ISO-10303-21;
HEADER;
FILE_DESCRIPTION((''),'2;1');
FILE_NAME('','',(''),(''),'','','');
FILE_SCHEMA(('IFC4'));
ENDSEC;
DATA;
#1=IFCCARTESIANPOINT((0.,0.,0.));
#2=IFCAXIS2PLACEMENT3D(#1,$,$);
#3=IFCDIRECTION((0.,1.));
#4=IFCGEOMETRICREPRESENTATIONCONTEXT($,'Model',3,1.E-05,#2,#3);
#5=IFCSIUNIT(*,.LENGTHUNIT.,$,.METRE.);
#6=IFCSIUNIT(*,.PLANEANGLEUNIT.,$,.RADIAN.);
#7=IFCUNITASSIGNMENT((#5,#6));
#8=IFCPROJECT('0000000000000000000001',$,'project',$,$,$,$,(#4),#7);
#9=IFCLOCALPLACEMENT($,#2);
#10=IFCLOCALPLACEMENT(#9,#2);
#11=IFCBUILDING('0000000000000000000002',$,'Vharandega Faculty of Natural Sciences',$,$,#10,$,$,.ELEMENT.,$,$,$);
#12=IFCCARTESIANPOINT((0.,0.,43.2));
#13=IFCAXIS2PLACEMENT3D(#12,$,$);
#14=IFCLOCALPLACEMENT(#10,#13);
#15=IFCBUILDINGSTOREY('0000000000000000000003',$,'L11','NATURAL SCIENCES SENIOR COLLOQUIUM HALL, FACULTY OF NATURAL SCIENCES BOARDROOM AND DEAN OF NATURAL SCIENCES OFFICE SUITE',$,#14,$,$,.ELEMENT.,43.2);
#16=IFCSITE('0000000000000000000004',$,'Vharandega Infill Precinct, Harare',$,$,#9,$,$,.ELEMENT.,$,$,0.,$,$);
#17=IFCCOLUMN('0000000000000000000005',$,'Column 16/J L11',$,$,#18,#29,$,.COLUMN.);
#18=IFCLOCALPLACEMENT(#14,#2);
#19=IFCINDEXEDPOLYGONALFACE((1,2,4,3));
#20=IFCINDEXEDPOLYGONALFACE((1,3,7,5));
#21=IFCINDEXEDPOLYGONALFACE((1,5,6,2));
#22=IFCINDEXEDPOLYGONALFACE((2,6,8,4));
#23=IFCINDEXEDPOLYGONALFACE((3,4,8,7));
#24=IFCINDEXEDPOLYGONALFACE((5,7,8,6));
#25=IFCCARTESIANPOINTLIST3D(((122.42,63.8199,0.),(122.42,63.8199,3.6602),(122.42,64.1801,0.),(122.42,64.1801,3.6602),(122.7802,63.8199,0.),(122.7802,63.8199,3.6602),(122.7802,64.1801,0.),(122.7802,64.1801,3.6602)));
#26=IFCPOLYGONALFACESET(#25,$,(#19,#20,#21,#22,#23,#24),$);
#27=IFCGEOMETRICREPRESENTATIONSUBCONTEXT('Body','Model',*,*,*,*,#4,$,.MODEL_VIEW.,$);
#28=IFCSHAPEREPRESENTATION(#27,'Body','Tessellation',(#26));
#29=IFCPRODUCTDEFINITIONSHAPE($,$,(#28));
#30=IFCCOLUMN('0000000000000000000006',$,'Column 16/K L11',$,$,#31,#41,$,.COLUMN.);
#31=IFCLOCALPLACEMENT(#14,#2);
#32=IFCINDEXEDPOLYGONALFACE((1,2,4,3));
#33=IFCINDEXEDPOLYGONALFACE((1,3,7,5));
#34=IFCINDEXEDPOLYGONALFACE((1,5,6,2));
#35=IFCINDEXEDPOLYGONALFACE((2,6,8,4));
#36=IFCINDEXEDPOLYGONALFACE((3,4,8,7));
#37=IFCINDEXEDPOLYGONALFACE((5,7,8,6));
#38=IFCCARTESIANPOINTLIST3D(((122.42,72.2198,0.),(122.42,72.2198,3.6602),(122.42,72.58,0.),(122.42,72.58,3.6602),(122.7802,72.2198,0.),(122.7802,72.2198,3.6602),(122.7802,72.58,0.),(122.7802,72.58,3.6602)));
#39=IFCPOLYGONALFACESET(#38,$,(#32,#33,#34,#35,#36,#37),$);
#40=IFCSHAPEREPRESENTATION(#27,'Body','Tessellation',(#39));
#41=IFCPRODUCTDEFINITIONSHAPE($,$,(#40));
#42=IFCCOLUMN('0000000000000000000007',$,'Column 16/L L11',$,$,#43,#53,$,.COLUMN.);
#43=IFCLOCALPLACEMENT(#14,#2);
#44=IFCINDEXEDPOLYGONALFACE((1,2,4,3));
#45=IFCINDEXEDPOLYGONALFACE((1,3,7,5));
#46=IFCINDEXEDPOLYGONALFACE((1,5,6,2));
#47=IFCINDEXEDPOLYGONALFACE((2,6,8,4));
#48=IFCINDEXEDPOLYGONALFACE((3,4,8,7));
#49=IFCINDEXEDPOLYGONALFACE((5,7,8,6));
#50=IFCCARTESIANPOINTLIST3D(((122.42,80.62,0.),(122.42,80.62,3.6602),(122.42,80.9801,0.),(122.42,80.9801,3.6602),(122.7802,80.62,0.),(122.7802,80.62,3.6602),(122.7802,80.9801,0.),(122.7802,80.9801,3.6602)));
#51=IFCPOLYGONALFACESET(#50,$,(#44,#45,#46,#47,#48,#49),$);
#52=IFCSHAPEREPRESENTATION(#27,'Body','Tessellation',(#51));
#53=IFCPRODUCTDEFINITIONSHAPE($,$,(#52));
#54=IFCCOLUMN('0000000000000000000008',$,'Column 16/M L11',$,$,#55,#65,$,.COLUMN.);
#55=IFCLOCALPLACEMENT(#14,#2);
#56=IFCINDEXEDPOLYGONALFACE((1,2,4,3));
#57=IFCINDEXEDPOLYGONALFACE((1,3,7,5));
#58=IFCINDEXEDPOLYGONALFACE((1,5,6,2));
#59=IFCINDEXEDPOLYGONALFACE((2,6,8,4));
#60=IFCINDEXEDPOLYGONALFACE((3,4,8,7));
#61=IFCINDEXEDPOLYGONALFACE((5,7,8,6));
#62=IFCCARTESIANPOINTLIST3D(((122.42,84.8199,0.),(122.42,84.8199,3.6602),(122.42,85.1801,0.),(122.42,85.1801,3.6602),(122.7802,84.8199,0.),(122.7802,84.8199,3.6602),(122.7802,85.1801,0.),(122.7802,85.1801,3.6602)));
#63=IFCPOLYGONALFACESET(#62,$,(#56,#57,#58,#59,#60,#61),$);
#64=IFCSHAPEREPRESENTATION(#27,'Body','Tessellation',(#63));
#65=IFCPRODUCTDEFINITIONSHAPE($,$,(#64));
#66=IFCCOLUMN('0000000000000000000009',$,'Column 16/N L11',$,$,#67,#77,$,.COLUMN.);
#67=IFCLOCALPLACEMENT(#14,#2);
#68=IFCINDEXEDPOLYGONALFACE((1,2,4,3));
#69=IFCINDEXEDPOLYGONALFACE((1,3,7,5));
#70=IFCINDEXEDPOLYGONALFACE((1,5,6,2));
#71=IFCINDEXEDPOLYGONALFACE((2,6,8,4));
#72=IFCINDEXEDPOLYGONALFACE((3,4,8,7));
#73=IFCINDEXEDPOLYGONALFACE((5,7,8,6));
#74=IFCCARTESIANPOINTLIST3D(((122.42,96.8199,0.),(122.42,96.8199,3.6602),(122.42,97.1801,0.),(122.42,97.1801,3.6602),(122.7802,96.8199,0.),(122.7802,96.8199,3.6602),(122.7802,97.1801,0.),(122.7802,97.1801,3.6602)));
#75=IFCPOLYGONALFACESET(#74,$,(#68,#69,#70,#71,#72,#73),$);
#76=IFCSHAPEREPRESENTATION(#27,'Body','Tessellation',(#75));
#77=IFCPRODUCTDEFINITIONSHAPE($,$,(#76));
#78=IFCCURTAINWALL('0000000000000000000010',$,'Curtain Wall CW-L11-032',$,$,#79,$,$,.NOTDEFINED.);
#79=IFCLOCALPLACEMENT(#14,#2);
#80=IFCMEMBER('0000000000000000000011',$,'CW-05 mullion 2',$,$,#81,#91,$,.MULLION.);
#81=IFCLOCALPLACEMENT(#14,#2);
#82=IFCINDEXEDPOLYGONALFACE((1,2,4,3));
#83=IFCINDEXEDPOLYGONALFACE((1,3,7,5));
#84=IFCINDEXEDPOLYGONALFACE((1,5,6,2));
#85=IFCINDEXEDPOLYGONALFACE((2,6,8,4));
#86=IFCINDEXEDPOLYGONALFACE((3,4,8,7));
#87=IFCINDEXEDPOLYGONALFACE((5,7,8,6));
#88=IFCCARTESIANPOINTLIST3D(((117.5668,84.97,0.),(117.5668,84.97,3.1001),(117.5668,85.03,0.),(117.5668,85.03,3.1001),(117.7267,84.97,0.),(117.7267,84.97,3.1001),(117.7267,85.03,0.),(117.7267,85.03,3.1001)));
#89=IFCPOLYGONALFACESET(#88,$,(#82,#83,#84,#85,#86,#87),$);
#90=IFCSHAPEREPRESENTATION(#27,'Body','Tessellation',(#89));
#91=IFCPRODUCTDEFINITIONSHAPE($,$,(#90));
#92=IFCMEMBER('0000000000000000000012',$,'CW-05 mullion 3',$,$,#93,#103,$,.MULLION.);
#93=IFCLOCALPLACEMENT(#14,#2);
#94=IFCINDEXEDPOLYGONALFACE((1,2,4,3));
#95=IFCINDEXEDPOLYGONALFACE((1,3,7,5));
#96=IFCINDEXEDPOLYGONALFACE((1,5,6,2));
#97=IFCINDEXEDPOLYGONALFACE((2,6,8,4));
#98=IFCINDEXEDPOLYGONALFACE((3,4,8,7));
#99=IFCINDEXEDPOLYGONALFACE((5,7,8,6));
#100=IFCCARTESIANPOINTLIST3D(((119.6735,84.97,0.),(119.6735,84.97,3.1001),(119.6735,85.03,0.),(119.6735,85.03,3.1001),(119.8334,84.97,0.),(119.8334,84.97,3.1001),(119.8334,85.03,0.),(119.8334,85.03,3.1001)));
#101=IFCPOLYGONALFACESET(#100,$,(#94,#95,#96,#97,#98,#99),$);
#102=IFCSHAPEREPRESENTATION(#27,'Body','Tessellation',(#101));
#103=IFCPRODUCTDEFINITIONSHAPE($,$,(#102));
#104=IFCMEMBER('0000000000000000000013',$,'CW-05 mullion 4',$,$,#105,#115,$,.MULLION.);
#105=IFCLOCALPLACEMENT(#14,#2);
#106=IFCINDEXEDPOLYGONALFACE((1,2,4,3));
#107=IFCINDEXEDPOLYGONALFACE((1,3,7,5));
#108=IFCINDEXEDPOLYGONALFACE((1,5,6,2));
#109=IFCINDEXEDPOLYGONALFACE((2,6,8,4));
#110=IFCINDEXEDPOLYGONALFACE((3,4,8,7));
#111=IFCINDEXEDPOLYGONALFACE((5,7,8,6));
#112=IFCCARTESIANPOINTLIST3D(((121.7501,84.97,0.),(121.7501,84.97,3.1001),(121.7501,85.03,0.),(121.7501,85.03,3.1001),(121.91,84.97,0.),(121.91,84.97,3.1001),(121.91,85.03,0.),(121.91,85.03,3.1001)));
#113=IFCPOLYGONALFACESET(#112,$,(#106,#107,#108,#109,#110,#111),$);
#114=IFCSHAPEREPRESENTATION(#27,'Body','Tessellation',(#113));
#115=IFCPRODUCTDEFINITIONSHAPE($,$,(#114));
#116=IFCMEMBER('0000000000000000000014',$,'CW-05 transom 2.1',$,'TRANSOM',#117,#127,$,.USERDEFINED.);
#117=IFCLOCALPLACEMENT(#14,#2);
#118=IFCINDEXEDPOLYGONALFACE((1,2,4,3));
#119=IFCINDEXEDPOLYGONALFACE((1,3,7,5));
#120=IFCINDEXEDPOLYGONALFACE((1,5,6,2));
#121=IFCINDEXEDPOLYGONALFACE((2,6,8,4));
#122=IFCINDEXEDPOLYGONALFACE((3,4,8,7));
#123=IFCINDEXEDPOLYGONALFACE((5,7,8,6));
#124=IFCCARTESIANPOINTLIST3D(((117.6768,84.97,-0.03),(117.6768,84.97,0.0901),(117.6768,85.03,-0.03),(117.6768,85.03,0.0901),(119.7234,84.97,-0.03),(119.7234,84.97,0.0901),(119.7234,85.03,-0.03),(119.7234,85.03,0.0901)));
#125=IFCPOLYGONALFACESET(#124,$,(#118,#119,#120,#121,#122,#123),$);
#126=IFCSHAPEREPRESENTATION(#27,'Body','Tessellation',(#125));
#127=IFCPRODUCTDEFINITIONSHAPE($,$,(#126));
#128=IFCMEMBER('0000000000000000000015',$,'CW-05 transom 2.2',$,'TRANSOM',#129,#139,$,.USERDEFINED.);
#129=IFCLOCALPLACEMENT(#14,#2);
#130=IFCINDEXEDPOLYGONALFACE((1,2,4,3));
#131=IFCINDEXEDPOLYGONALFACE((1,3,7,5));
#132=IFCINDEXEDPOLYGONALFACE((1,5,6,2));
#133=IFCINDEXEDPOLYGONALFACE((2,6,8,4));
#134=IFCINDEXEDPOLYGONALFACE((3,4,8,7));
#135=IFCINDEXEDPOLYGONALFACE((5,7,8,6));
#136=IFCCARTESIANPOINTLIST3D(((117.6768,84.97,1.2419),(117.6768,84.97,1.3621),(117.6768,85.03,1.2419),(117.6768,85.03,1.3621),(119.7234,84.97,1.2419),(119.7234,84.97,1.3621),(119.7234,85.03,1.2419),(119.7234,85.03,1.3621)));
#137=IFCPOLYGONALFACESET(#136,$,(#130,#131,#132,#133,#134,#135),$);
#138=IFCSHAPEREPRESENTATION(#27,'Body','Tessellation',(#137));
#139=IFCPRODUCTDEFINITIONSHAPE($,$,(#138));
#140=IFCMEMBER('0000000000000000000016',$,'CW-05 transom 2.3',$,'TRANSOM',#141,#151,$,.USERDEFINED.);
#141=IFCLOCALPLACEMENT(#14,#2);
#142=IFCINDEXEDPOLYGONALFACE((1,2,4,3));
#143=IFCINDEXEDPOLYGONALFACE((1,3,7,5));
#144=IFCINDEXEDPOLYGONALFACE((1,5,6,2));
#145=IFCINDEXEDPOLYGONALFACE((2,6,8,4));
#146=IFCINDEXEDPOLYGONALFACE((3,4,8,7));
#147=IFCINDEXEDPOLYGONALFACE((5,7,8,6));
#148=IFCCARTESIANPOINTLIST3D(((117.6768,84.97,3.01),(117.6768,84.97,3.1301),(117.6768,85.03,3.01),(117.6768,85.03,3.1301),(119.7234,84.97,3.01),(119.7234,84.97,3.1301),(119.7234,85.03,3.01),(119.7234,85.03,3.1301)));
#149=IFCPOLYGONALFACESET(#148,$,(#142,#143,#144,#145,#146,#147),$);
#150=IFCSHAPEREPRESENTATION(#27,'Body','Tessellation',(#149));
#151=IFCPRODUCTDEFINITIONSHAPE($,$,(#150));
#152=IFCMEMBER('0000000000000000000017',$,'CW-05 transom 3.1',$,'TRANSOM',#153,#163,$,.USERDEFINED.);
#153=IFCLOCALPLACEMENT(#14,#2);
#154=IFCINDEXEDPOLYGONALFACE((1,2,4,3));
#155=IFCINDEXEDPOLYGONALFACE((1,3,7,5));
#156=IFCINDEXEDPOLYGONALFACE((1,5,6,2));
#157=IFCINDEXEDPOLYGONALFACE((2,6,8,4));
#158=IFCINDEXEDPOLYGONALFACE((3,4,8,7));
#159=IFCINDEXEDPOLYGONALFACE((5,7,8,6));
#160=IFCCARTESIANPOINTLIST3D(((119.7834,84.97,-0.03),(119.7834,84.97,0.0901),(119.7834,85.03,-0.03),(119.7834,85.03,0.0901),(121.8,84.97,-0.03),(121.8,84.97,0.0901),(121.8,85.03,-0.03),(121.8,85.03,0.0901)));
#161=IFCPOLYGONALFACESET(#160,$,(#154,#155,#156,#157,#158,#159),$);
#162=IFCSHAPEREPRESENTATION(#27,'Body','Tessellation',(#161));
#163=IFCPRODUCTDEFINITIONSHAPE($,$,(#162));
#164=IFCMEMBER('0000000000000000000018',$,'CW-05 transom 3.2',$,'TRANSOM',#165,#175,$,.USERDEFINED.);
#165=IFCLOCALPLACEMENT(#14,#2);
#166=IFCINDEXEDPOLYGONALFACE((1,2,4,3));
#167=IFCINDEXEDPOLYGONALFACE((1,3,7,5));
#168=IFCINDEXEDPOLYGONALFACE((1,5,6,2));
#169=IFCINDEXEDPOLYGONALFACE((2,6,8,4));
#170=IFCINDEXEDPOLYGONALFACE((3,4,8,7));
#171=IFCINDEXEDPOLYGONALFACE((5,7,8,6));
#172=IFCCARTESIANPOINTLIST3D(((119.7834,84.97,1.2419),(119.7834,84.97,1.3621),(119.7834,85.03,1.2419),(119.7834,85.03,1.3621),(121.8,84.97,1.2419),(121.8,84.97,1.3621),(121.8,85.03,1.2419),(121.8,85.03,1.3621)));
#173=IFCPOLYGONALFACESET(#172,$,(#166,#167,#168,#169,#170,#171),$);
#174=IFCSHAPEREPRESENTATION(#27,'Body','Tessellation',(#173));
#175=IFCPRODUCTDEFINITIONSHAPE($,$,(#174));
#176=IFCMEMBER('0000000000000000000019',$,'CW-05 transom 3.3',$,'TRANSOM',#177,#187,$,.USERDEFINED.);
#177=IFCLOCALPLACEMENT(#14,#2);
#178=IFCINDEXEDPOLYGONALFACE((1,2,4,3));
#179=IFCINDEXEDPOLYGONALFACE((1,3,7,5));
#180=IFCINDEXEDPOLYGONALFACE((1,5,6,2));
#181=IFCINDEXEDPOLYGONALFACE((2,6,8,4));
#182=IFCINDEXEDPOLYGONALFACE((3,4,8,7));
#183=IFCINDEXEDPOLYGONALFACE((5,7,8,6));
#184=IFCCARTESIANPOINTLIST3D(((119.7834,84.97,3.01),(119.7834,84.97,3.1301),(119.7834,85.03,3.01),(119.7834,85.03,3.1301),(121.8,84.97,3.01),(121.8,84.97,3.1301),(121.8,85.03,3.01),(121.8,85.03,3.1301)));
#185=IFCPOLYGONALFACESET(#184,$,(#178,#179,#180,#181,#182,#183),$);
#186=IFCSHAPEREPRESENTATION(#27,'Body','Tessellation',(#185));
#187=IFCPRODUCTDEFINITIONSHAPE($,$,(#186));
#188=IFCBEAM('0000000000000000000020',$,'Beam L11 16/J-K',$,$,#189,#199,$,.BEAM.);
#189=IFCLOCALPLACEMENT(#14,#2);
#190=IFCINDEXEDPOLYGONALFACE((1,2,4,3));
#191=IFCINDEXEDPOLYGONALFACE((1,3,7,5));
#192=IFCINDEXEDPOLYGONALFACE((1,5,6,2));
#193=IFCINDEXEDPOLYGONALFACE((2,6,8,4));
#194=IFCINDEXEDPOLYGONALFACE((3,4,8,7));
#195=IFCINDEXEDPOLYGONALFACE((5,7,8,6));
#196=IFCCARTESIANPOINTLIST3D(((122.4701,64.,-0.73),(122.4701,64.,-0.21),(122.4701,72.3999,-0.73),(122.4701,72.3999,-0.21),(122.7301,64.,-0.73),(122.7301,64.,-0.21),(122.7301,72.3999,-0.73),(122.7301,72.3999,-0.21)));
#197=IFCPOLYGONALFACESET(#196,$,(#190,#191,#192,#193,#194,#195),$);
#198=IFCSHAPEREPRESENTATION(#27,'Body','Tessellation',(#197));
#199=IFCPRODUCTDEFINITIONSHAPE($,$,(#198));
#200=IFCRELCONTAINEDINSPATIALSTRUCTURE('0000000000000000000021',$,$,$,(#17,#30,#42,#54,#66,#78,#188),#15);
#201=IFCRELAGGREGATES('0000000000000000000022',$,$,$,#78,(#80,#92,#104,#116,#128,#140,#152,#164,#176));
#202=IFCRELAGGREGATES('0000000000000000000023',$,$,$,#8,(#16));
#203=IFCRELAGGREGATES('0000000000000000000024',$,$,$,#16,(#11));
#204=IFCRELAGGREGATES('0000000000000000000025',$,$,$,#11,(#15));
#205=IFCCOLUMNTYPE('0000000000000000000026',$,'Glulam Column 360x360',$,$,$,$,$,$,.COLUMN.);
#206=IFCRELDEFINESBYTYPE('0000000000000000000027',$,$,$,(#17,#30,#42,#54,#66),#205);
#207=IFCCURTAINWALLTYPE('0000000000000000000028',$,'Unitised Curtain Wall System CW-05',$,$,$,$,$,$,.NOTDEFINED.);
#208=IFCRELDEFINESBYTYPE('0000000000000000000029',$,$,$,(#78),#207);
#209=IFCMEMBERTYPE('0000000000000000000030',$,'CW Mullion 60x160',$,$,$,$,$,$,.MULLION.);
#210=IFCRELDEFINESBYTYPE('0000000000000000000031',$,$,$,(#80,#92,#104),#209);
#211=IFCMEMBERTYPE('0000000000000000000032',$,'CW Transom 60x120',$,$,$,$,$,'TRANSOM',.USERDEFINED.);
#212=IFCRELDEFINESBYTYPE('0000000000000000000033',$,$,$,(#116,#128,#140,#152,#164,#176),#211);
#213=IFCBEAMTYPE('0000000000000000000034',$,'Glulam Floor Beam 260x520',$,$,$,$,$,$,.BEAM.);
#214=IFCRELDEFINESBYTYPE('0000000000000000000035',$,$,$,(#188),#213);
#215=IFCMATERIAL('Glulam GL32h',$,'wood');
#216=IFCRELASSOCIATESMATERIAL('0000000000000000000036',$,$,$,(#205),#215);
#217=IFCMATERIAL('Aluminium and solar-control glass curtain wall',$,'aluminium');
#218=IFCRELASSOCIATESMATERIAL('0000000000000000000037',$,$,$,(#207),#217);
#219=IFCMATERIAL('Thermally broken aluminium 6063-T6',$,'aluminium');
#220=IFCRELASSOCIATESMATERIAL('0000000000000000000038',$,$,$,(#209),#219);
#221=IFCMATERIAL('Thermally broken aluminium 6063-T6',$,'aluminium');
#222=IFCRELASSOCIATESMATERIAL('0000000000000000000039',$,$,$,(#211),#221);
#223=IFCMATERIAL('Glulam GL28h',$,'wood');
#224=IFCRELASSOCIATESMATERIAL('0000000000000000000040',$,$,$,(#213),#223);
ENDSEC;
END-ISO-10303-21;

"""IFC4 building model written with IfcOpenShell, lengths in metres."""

from ifc_helpers import new_model, si_unit, direction, frame, origin, origin_2d, place, context, subcontext, project, spatial, rectangle, extrude, material, material_profile, profile_set, type_object, element, aggregate, save


model = new_model("IFC4")

# Units and contexts
model_context = context("Model", 3, precision=1e-05, world=origin(), true_north=direction((0.0, 1.0)))
body_context = subcontext(model_context, "Body", "Model", "MODEL_VIEW")
ifc_project = project(units=[si_unit("LENGTHUNIT", "METRE"), si_unit("PLANEANGLEUNIT", "RADIAN")], contexts=[model_context])

# Site, building, storey
site_placement = place(None, origin())
site = spatial("IfcSite", under=ifc_project, at=site_placement, Name="Vharandega Infill Precinct, Harare", CompositionType="ELEMENT", RefElevation=0.0)
building_placement = place(site_placement, origin())
building = spatial("IfcBuilding", under=site, at=building_placement, Name="Vharandega Faculty of Natural Sciences", CompositionType="ELEMENT")
storey_placement = place(building_placement, frame((0.0, 0.0, 43.2)))
storey = spatial("IfcBuildingStorey", under=building, at=storey_placement, Name="L11", Description="NATURAL SCIENCES SENIOR COLLOQUIUM HALL, FACULTY OF NATURAL SCIENCES BOARDROOM AND DEAN OF NATURAL SCIENCES OFFICE SUITE", CompositionType="ELEMENT", Elevation=43.2)

# Columns
ifc_material_1 = material(Name="Glulam GL32h", Category="wood")
ifc_material_profile_1 = material_profile(ifc_material_1, rectangle(XDim=0.3601, YDim=0.3601, at=origin_2d()), Name="GL32h 360x360")
ifc_profile_set_1 = profile_set([ifc_material_profile_1], Name="Glulam GL32h")
column_type = type_object("IfcColumnType", Name="Glulam Column 360x360", PredefinedType="COLUMN", material=ifc_profile_set_1)
for number, where, z_axis, x_axis, name in (
    (1, (122.6001, 64.0, 0.0), (0.0, 0.0, 1.0), (1.0, 0.0, 0.0), "Column 16/J L11"),
    (2, (122.6001, 72.3999, 0.0), (0.0, 0.0, 1.0), (1.0, 0.0, 0.0), "Column 16/K L11"),
    (3, (122.6001, 80.8, 0.0), (0.0, 0.0, 1.0), (1.0, 0.0, 0.0), "Column 16/L L11"),
    (4, (122.6001, 85.0, 0.0), (0.0, 0.0, 1.0), (1.0, 0.0, 0.0), "Column 16/M L11"),
    (5, (122.6001, 97.0, 0.0), (0.0, 0.0, 1.0), (1.0, 0.0, 0.0), "Column 16/N L11"),
):
    element("IfcColumn", number, at=place(storey_placement, frame(where, z_axis=z_axis, x_axis=x_axis)), inside=storey, type_object=column_type, Name=name, PredefinedType="COLUMN", context=body_context, shape_type="SweptSolid", body=[
        extrude(rectangle(XDim=0.3601, YDim=0.3601, at=origin_2d()), origin(), (0.0, 0.0, 1.0), 3.6602),
    ])

# Curtain wall, members
ifc_material_2 = material(Name="Aluminium and solar-control glass curtain wall", Category="aluminium")
curtain_wall_type = type_object("IfcCurtainWallType", Name="Unitised Curtain Wall System CW-05", PredefinedType="NOTDEFINED", material=ifc_material_2)
curtain_wall_placement = place(storey_placement, origin())
curtain_wall = element("IfcCurtainWall", 6, at=curtain_wall_placement, inside=storey, type_object=curtain_wall_type, Name="Curtain Wall CW-L11-032", PredefinedType="NOTDEFINED")
ifc_material_3 = material(Name="Thermally broken aluminium 6063-T6", Category="aluminium")
ifc_material_profile_2 = material_profile(ifc_material_3, rectangle(XDim=0.0601, YDim=0.1599, at=origin_2d()), Name="ALU 60x160")
ifc_profile_set_2 = profile_set([ifc_material_profile_2], Name="Thermally broken aluminium 6063-T6")
member_type_1 = type_object("IfcMemberType", Name="CW Mullion 60x160", PredefinedType="MULLION", material=ifc_profile_set_2)
member_1_placement = place(storey_placement, frame((117.6467, 85.0, 0.0), z_axis=(0.0, 0.0, 1.0), x_axis=(0.0, 1.0, 0.0)))
member_1 = element("IfcMember", 7, at=member_1_placement, type_object=member_type_1, Name="CW-05 mullion 2", PredefinedType="MULLION", context=body_context, shape_type="SweptSolid", body=[
    extrude(rectangle(XDim=0.0601, YDim=0.1599, at=origin_2d()), origin(), (0.0, 0.0, 1.0), 3.1001),
])
member_2_placement = place(storey_placement, frame((119.7534, 85.0, 0.0), z_axis=(0.0, 0.0, 1.0), x_axis=(0.0, 1.0, 0.0)))
member_2 = element("IfcMember", 8, at=member_2_placement, type_object=member_type_1, Name="CW-05 mullion 3", PredefinedType="MULLION", context=body_context, shape_type="SweptSolid", body=[
    extrude(rectangle(XDim=0.0601, YDim=0.1599, at=origin_2d()), origin(), (0.0, 0.0, 1.0), 3.1001),
])
member_3_placement = place(storey_placement, frame((121.8301, 85.0, 0.0), z_axis=(0.0, 0.0, 1.0), x_axis=(0.0, 1.0, 0.0)))
member_3 = element("IfcMember", 9, at=member_3_placement, type_object=member_type_1, Name="CW-05 mullion 4", PredefinedType="MULLION", context=body_context, shape_type="SweptSolid", body=[
    extrude(rectangle(XDim=0.0601, YDim=0.1599, at=origin_2d()), origin(), (0.0, 0.0, 1.0), 3.1001),
])
ifc_material_4 = material(Name="Thermally broken aluminium 6063-T6", Category="aluminium")
ifc_material_profile_3 = material_profile(ifc_material_4, rectangle(XDim=0.0601, YDim=0.1201, at=origin_2d()), Name="ALU 60x120")
ifc_profile_set_3 = profile_set([ifc_material_profile_3], Name="Thermally broken aluminium 6063-T6")
member_type_2 = type_object("IfcMemberType", Name="CW Transom 60x120", ElementType="TRANSOM", PredefinedType="USERDEFINED", material=ifc_profile_set_3)
member_4_placement = place(storey_placement, frame((117.6768, 85.0, 0.03), z_axis=(1.0, 0.0, 0.0), x_axis=(0.0, 1.0, 0.0)))
member_4 = element("IfcMember", 10, at=member_4_placement, type_object=member_type_2, Name="CW-05 transom 2.1", ObjectType="TRANSOM", PredefinedType="USERDEFINED", context=body_context, shape_type="SweptSolid", body=[
    extrude(rectangle(XDim=0.0601, YDim=0.1201, at=origin_2d()), origin(), (0.0, 0.0, 1.0), 2.0466),
])
member_5_placement = place(storey_placement, frame((117.6768, 85.0, 1.302), z_axis=(1.0, 0.0, 0.0), x_axis=(0.0, 1.0, 0.0)))
member_5 = element("IfcMember", 11, at=member_5_placement, type_object=member_type_2, Name="CW-05 transom 2.2", ObjectType="TRANSOM", PredefinedType="USERDEFINED", context=body_context, shape_type="SweptSolid", body=[
    extrude(rectangle(XDim=0.0601, YDim=0.1201, at=origin_2d()), origin(), (0.0, 0.0, 1.0), 2.0466),
])
member_6_placement = place(storey_placement, frame((117.6768, 85.0, 3.0701), z_axis=(1.0, 0.0, 0.0), x_axis=(0.0, 1.0, 0.0)))
member_6 = element("IfcMember", 12, at=member_6_placement, type_object=member_type_2, Name="CW-05 transom 2.3", ObjectType="TRANSOM", PredefinedType="USERDEFINED", context=body_context, shape_type="SweptSolid", body=[
    extrude(rectangle(XDim=0.0601, YDim=0.1201, at=origin_2d()), origin(), (0.0, 0.0, 1.0), 2.0466),
])
member_7_placement = place(storey_placement, frame((119.7834, 85.0, 0.03), z_axis=(1.0, 0.0, 0.0), x_axis=(0.0, 1.0, 0.0)))
member_7 = element("IfcMember", 13, at=member_7_placement, type_object=member_type_2, Name="CW-05 transom 3.1", ObjectType="TRANSOM", PredefinedType="USERDEFINED", context=body_context, shape_type="SweptSolid", body=[
    extrude(rectangle(XDim=0.0601, YDim=0.1201, at=origin_2d()), origin(), (0.0, 0.0, 1.0), 2.0166),
])
member_8_placement = place(storey_placement, frame((119.7834, 85.0, 1.302), z_axis=(1.0, 0.0, 0.0), x_axis=(0.0, 1.0, 0.0)))
member_8 = element("IfcMember", 14, at=member_8_placement, type_object=member_type_2, Name="CW-05 transom 3.2", ObjectType="TRANSOM", PredefinedType="USERDEFINED", context=body_context, shape_type="SweptSolid", body=[
    extrude(rectangle(XDim=0.0601, YDim=0.1201, at=origin_2d()), origin(), (0.0, 0.0, 1.0), 2.0166),
])
member_9_placement = place(storey_placement, frame((119.7834, 85.0, 3.0701), z_axis=(1.0, 0.0, 0.0), x_axis=(0.0, 1.0, 0.0)))
member_9 = element("IfcMember", 15, at=member_9_placement, type_object=member_type_2, Name="CW-05 transom 3.3", ObjectType="TRANSOM", PredefinedType="USERDEFINED", context=body_context, shape_type="SweptSolid", body=[
    extrude(rectangle(XDim=0.0601, YDim=0.1201, at=origin_2d()), origin(), (0.0, 0.0, 1.0), 2.0166),
])

# Beam
ifc_material_5 = material(Name="Glulam GL28h", Category="wood")
ifc_material_profile_4 = material_profile(ifc_material_5, rectangle(XDim=0.26, YDim=0.52, at=origin_2d()), Name="GL28h 260x520")
ifc_profile_set_4 = profile_set([ifc_material_profile_4], Name="Glulam GL28h")
beam_type_1 = type_object("IfcBeamType", Name="Glulam Floor Beam 260x520", PredefinedType="BEAM", material=ifc_profile_set_4)
beam_1_placement = place(storey_placement, frame((122.6001, 64.0, -0.47), z_axis=(0.0, 1.0, 0.0), x_axis=(-1.0, 0.0, 0.0)))
element("IfcBeam", 16, at=beam_1_placement, inside=storey, type_object=beam_type_1, Name="Beam L11 16/J-K", PredefinedType="BEAM", context=body_context, shape_type="SweptSolid", body=[
    extrude(rectangle(XDim=0.26, YDim=0.52, at=origin_2d()), origin(), (0.0, 0.0, 1.0), 8.3999),
])

aggregate(curtain_wall, [member_1, member_2, member_3, member_4, member_5, member_6, member_7, member_8, member_9])

save(model, "model.ifc")
